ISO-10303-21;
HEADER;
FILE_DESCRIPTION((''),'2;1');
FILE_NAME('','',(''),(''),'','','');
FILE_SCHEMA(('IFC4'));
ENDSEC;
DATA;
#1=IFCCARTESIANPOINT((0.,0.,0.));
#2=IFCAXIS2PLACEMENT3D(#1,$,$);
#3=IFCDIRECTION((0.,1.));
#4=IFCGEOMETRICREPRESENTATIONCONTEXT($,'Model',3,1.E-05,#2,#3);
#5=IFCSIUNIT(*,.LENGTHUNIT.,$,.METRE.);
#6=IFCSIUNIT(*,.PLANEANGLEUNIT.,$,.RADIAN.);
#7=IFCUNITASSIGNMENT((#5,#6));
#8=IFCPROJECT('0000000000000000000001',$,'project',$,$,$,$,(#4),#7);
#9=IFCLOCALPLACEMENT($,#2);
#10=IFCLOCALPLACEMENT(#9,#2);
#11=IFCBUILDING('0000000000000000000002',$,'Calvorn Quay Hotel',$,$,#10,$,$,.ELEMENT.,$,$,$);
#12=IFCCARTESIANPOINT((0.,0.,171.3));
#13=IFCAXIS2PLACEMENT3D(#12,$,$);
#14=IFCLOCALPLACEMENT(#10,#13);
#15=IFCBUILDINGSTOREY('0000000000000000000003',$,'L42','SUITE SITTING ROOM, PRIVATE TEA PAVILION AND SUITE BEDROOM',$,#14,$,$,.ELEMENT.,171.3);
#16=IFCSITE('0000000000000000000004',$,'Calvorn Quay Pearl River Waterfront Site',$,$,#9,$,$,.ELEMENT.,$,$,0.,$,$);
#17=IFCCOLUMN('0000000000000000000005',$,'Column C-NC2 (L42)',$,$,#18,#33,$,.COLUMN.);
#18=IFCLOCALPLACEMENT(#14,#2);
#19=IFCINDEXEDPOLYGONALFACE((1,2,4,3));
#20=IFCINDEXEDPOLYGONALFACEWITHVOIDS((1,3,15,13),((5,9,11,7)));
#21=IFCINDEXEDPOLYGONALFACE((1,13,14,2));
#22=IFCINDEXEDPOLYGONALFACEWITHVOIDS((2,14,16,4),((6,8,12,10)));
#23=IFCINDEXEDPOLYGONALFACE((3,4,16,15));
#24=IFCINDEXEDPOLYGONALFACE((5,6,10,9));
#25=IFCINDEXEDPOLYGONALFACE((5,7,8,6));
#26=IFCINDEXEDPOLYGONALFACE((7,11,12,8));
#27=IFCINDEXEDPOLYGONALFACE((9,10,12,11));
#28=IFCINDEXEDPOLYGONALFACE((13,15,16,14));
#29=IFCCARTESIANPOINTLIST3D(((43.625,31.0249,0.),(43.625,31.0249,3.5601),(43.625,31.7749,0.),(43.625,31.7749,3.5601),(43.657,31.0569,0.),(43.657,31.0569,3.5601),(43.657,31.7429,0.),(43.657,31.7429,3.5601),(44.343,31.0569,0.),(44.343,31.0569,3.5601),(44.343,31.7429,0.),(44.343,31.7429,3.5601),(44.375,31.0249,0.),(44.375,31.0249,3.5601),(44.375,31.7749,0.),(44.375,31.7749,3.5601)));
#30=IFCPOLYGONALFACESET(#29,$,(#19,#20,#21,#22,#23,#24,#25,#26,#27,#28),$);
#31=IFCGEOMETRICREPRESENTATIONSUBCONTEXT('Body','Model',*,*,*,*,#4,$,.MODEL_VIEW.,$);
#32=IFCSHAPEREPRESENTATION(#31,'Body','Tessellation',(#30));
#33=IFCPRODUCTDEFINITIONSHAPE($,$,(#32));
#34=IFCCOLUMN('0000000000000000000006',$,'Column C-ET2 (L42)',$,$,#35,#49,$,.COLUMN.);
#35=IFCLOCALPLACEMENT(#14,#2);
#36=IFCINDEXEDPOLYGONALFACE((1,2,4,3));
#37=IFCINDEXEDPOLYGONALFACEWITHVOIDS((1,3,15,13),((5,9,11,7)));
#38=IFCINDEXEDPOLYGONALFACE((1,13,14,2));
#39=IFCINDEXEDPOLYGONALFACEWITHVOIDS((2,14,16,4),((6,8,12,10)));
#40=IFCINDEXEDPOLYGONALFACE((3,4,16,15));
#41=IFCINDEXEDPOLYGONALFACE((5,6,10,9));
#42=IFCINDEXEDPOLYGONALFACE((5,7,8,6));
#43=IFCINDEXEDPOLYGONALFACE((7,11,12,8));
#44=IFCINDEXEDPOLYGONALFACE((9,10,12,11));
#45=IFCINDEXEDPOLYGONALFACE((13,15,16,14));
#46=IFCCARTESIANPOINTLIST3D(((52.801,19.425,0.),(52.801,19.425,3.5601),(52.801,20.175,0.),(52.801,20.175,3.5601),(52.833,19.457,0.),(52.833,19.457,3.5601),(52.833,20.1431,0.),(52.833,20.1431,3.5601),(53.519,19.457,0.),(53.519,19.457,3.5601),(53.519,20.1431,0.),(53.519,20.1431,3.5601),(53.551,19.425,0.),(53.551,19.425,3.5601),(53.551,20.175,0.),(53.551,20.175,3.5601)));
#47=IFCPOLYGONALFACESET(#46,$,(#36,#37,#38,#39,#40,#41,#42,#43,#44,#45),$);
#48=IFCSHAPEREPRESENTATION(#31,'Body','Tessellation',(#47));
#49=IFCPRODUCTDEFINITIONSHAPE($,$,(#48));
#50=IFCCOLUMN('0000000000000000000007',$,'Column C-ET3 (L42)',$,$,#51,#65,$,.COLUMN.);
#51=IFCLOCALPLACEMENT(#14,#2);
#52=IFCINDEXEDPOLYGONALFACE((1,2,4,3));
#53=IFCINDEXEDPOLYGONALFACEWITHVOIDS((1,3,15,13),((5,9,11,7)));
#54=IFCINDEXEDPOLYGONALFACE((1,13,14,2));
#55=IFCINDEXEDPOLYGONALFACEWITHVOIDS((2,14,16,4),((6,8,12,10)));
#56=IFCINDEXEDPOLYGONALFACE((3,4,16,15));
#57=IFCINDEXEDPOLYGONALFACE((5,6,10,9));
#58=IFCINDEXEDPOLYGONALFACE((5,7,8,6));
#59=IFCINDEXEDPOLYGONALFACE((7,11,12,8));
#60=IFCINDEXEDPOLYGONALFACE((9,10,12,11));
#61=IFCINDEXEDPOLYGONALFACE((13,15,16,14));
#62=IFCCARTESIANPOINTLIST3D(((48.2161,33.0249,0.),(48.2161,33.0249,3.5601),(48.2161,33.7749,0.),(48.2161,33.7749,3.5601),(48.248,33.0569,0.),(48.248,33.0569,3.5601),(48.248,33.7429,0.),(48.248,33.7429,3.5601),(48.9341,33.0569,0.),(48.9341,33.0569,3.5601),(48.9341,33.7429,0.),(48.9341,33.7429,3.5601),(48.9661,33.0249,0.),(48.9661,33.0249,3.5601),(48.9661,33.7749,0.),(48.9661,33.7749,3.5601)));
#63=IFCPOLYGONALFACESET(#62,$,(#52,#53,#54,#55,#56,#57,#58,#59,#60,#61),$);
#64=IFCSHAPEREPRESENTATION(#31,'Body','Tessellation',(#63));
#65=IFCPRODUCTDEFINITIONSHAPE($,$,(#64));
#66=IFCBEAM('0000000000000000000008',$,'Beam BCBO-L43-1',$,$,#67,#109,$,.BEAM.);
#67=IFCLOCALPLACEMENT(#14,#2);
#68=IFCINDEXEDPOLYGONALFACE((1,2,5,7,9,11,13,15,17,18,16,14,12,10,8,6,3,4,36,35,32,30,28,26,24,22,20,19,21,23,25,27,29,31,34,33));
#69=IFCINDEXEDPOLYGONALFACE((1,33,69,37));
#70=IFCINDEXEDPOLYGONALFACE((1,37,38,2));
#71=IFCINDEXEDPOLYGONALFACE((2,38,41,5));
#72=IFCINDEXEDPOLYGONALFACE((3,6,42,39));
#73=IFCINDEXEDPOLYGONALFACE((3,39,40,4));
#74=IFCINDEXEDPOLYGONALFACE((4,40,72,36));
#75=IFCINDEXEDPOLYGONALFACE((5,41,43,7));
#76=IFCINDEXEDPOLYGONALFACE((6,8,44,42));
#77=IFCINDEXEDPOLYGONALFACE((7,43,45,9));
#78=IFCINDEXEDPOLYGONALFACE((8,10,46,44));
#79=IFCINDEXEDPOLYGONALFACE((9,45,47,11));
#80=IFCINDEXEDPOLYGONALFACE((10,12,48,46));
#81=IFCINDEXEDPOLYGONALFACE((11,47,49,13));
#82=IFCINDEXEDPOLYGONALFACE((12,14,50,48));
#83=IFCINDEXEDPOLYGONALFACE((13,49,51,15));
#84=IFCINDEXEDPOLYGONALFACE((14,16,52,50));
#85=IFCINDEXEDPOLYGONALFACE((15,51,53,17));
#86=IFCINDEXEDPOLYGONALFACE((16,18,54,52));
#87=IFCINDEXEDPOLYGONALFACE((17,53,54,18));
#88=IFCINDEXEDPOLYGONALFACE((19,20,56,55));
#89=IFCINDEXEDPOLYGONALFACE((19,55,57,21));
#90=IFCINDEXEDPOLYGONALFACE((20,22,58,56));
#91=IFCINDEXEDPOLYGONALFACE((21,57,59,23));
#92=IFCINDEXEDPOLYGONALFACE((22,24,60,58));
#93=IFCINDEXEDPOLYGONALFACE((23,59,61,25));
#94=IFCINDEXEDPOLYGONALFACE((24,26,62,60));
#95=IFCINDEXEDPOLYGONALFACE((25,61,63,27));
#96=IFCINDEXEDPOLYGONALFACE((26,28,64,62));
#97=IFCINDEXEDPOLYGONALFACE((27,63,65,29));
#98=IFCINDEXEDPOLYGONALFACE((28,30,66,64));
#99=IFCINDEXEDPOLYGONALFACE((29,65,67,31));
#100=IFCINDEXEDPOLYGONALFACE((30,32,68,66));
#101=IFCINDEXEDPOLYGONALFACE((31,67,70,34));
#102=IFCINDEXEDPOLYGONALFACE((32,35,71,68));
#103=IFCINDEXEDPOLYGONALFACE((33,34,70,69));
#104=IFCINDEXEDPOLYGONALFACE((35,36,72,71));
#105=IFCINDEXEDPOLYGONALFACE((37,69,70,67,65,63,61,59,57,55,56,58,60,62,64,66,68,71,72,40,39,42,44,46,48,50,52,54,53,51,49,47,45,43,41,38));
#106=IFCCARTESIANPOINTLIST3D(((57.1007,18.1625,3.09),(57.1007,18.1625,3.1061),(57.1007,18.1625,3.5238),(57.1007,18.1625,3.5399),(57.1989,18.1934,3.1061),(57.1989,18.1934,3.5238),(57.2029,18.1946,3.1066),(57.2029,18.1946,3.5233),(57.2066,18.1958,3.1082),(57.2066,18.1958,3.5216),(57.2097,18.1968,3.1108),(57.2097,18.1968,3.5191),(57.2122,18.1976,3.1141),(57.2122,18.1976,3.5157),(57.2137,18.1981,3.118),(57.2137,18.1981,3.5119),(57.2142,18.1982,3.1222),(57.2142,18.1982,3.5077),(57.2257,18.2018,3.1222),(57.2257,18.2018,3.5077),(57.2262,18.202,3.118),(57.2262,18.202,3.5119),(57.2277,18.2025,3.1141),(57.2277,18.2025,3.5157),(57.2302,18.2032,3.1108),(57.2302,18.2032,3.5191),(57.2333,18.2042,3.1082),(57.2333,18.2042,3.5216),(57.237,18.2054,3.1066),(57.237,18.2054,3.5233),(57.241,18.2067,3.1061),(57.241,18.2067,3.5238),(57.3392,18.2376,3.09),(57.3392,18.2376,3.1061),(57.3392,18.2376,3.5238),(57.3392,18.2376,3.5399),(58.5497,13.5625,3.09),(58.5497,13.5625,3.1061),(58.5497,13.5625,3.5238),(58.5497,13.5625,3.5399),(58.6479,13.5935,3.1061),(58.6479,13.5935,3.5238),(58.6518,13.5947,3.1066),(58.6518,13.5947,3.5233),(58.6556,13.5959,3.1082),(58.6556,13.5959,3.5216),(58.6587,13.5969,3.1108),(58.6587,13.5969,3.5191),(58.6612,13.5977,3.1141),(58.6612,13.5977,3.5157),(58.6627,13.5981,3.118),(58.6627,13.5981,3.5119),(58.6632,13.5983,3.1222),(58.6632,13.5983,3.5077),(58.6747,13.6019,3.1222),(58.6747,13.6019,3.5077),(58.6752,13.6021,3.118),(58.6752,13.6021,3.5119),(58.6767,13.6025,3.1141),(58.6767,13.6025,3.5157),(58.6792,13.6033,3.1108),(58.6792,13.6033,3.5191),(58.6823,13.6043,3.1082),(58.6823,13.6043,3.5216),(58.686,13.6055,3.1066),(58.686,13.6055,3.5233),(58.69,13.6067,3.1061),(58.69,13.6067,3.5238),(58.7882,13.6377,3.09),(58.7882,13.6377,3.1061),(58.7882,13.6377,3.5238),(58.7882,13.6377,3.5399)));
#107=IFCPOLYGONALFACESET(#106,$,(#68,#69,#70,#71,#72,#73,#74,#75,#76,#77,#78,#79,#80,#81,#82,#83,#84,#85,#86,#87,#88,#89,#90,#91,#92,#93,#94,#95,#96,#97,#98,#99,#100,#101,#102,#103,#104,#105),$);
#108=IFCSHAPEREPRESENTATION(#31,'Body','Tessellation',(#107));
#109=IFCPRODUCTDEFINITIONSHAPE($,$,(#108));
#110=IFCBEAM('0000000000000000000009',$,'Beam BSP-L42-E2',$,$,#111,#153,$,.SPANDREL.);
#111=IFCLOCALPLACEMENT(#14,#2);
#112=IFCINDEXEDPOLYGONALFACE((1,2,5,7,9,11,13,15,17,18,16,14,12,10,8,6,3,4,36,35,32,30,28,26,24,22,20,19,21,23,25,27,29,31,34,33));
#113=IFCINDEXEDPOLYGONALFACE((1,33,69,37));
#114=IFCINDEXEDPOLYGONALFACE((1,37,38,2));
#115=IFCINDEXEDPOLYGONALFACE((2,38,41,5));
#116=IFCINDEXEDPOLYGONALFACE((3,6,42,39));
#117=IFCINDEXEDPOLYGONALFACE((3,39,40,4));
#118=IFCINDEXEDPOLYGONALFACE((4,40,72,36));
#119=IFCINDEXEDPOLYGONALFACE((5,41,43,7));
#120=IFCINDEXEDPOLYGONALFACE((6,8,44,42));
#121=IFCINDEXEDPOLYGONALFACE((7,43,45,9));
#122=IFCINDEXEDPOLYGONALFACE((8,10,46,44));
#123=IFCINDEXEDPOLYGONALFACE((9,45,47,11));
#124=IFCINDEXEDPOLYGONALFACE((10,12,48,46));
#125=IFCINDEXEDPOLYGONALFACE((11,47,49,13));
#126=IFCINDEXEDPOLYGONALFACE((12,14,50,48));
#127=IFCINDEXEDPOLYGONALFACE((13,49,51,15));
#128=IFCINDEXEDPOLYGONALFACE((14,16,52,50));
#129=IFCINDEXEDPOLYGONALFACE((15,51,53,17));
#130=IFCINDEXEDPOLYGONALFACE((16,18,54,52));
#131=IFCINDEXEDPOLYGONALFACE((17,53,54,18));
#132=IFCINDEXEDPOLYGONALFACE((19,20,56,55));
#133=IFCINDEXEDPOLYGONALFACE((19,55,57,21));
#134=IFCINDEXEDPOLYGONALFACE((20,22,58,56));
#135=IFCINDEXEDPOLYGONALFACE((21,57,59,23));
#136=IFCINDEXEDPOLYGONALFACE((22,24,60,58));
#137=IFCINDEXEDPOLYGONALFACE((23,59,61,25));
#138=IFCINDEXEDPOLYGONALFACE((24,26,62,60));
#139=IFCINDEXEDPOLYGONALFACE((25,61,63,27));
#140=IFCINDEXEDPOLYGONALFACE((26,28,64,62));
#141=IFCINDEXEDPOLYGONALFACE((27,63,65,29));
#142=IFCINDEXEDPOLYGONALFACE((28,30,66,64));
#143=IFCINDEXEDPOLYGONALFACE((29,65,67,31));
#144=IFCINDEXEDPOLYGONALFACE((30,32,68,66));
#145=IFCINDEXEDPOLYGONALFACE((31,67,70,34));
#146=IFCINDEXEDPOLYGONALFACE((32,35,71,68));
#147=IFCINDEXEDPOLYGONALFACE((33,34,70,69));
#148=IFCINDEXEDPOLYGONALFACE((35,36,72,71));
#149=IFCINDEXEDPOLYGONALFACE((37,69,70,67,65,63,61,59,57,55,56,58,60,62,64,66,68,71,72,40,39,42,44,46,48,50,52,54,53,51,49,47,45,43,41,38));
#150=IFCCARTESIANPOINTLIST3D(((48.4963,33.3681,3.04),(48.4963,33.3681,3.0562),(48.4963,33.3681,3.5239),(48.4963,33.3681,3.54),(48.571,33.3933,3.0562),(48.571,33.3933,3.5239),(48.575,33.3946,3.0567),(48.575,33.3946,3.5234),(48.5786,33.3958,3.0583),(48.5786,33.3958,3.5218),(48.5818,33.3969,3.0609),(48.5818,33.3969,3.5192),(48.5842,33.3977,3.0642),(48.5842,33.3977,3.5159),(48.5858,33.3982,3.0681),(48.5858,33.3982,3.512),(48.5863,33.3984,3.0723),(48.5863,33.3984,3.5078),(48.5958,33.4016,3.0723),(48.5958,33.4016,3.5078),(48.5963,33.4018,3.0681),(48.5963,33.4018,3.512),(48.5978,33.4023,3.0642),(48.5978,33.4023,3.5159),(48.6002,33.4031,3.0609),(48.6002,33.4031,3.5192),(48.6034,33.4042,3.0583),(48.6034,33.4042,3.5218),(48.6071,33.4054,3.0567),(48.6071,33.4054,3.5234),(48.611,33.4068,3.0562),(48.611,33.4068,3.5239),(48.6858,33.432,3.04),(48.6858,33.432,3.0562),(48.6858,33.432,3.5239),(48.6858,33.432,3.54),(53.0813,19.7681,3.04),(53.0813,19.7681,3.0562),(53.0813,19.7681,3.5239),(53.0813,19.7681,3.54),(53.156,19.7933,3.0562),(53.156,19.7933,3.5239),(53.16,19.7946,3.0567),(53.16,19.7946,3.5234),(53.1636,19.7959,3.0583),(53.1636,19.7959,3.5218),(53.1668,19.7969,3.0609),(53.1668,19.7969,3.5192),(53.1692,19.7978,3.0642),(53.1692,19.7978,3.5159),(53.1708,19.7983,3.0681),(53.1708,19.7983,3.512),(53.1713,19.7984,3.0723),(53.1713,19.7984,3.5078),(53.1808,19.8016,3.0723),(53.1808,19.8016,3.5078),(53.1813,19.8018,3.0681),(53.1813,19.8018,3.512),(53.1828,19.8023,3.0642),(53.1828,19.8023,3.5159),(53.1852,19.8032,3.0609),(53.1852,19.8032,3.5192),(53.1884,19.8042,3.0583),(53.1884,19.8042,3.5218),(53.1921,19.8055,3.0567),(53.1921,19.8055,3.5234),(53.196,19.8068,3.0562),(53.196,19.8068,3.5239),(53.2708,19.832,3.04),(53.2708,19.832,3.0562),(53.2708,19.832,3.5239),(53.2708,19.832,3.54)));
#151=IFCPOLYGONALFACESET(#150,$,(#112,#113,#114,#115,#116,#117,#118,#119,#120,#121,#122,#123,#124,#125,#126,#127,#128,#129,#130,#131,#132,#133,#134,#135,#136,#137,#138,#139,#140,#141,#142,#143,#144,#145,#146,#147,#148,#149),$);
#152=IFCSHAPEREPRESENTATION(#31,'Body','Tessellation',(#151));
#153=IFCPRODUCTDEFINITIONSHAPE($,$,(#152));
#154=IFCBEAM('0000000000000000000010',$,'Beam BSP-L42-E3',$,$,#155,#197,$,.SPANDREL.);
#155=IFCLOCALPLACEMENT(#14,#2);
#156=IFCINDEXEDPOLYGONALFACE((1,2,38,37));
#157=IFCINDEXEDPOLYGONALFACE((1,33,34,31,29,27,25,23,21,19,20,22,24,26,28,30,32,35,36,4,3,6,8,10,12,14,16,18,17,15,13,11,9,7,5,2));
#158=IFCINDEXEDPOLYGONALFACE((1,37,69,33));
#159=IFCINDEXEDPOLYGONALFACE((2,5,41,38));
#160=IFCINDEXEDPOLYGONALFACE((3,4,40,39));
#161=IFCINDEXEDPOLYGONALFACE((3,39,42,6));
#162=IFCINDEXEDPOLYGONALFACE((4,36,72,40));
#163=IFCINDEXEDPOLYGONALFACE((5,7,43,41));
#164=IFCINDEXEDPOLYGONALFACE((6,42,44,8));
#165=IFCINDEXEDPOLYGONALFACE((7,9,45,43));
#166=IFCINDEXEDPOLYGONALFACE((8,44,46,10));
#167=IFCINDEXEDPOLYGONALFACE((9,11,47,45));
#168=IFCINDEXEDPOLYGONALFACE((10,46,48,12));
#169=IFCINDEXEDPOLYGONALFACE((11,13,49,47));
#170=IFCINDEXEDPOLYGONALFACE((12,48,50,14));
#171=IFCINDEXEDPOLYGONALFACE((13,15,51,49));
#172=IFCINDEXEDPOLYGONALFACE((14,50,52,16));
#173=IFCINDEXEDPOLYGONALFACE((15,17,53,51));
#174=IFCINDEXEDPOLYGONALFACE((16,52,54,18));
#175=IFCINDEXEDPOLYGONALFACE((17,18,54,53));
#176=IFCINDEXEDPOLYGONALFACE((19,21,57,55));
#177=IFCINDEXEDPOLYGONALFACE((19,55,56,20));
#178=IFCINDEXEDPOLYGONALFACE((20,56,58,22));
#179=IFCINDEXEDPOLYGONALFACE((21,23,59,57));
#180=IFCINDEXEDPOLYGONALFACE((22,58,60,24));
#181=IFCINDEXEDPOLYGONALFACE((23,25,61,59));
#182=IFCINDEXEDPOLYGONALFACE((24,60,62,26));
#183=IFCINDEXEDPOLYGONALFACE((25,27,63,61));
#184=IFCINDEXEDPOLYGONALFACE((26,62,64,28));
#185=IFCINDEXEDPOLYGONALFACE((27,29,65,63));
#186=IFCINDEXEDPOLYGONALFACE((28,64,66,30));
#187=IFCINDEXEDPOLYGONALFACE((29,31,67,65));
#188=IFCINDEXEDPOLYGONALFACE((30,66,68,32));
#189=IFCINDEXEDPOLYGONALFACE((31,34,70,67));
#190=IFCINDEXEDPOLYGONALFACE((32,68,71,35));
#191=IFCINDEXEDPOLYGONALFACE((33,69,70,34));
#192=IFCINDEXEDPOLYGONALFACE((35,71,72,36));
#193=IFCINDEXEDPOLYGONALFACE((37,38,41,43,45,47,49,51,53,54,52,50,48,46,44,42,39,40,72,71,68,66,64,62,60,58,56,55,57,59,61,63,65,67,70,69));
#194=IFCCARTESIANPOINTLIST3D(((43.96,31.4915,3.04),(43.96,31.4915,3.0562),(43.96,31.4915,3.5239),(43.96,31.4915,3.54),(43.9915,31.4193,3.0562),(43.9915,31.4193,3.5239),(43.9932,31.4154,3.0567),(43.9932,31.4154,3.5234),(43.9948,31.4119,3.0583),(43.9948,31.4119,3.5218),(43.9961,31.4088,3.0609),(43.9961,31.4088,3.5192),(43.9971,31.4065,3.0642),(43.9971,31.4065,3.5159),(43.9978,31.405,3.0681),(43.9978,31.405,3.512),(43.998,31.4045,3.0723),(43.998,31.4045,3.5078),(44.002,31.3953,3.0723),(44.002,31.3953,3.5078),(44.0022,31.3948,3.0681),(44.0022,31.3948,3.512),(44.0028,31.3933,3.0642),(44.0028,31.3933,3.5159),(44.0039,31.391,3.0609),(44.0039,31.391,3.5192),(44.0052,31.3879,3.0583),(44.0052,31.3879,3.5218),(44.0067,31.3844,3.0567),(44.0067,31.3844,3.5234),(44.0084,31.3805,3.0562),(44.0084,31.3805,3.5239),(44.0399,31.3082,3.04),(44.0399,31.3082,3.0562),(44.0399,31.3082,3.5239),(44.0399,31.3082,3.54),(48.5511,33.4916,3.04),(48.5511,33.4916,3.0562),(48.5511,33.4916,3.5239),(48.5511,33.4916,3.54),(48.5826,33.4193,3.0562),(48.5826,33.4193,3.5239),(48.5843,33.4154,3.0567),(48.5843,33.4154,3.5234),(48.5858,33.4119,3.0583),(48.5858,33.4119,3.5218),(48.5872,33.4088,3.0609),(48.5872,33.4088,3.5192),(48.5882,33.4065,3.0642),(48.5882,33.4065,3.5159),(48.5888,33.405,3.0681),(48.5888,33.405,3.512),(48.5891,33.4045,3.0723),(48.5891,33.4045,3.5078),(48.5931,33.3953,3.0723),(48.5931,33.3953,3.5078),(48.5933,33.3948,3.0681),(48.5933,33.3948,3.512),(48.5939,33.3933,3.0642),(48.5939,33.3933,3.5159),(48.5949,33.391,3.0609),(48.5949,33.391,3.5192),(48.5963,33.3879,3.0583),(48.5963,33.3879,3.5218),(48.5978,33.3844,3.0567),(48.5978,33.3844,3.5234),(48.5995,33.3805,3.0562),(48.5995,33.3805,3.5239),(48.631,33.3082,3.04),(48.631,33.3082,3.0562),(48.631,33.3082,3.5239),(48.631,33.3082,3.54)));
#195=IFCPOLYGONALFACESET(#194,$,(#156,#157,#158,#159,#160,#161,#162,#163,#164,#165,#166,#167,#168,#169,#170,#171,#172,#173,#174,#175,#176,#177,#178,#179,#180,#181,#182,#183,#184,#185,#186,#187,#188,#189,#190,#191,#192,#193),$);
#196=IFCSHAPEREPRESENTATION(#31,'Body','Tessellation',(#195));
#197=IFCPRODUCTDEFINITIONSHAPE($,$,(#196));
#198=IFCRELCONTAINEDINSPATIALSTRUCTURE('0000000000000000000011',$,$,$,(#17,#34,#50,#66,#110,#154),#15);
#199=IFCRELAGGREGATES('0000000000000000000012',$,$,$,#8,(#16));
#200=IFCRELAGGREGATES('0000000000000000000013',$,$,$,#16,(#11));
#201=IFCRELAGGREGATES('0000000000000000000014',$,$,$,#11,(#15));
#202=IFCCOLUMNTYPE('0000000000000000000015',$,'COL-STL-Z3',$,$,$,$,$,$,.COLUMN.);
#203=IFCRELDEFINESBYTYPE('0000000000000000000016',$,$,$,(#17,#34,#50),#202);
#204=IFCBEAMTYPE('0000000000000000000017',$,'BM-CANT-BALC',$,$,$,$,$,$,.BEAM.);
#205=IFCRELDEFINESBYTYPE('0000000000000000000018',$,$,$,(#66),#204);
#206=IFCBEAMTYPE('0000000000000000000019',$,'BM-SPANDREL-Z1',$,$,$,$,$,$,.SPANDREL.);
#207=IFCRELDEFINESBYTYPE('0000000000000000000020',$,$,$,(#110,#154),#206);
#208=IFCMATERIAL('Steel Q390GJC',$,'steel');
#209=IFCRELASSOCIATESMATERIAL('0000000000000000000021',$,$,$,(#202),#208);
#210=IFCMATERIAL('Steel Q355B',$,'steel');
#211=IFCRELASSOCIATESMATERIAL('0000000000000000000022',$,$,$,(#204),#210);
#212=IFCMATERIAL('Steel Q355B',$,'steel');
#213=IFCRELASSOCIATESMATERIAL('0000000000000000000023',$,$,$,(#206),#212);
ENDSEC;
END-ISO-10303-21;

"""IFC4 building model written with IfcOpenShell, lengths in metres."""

from ifc_helpers import new_model, si_unit, direction, frame, origin, origin_2d, place, context, subcontext, project, spatial, hollow_rectangle, i_section, extrude, material, material_profile, profile_set, type_object, element, save


model = new_model("IFC4")

# Units and contexts
model_context = context("Model", 3, precision=1e-05, world=origin(), true_north=direction((0.0, 1.0)))
body_context = subcontext(model_context, "Body", "Model", "MODEL_VIEW")
ifc_project = project(units=[si_unit("LENGTHUNIT", "METRE"), si_unit("PLANEANGLEUNIT", "RADIAN")], contexts=[model_context])

# Site, building, storey
site_placement = place(None, origin())
site = spatial("IfcSite", under=ifc_project, at=site_placement, Name="Calvorn Quay Pearl River Waterfront Site", CompositionType="ELEMENT", RefElevation=0.0)
building_placement = place(site_placement, origin())
building = spatial("IfcBuilding", under=site, at=building_placement, Name="Calvorn Quay Hotel", CompositionType="ELEMENT")
storey_placement = place(building_placement, frame((0.0, 0.0, 171.3)))
storey = spatial("IfcBuildingStorey", under=building, at=storey_placement, Name="L42", Description="SUITE SITTING ROOM, PRIVATE TEA PAVILION AND SUITE BEDROOM", CompositionType="ELEMENT", Elevation=171.3)

# Columns
ifc_material_1 = material(Name="Steel Q390GJC", Category="steel")
ifc_material_profile_1 = material_profile(ifc_material_1, hollow_rectangle(XDim=0.75, YDim=0.75, WallThickness=0.032, at=origin_2d()), Name="BOX750x750x32")
ifc_profile_set_1 = profile_set([ifc_material_profile_1], Name="Steel Q390GJC")
column_type = type_object("IfcColumnType", Name="COL-STL-Z3", PredefinedType="COLUMN", material=ifc_profile_set_1)
for number, where, z_axis, x_axis, name in (
    (1, (44.0, 31.3999, 0.0), (0.0, 0.0, 1.0), (1.0, 0.0, 0.0), "Column C-NC2 (L42)"),
    (2, (53.176, 19.8, 0.0), (0.0, 0.0, 1.0), (1.0, 0.0, 0.0), "Column C-ET2 (L42)"),
    (3, (48.5911, 33.3999, 0.0), (0.0, 0.0, 1.0), (1.0, 0.0, 0.0), "Column C-ET3 (L42)"),
):
    element("IfcColumn", number, at=place(storey_placement, frame(where, z_axis=z_axis, x_axis=x_axis)), inside=storey, type_object=column_type, Name=name, PredefinedType="COLUMN", context=body_context, shape_type="SweptSolid", body=[
        extrude(hollow_rectangle(XDim=0.75, YDim=0.75, WallThickness=0.032, at=origin_2d()), origin(), (0.0, 0.0, 1.0), 3.5601),
    ])

# Beams
ifc_material_2 = material(Name="Steel Q355B", Category="steel")
ifc_material_profile_2 = material_profile(ifc_material_2, i_section(OverallWidth=0.25, OverallDepth=0.45, WebThickness=0.012, FlangeThickness=0.0161, FilletRadius=0.0161, at=origin_2d()), Name="HN450x250x12x16")
ifc_profile_set_2 = profile_set([ifc_material_profile_2], Name="Steel Q355B")
beam_type_1 = type_object("IfcBeamType", Name="BM-CANT-BALC", PredefinedType="BEAM", material=ifc_profile_set_2)
beam_1_placement = place(storey_placement, frame((58.6689, 13.6001, 3.3149), z_axis=(-0.30045, 0.953797, 0.0), x_axis=(-0.953797, -0.30045, 0.0)))
element("IfcBeam", 4, at=beam_1_placement, inside=storey, type_object=beam_type_1, Name="Beam BCBO-L43-1", PredefinedType="BEAM", context=body_context, shape_type="SweptSolid", body=[
    extrude(i_section(OverallWidth=0.25, OverallDepth=0.45, WebThickness=0.012, FlangeThickness=0.0161, FilletRadius=0.0161, at=origin_2d()), origin(), (0.0, 0.0, 1.0), 4.8228),
])
ifc_material_3 = material(Name="Steel Q355B", Category="steel")
ifc_material_profile_3 = material_profile(ifc_material_3, i_section(OverallWidth=0.2, OverallDepth=0.5, WebThickness=0.01, FlangeThickness=0.0161, FilletRadius=0.0161, at=origin_2d()), Name="HN500x200x10x16")
ifc_profile_set_3 = profile_set([ifc_material_profile_3], Name="Steel Q355B")
beam_type_2 = type_object("IfcBeamType", Name="BM-SPANDREL-Z1", PredefinedType="SPANDREL", material=ifc_profile_set_3)
beam_2_placement = place(storey_placement, frame((53.176, 19.8, 3.29), z_axis=(-0.319467, 0.947598, 0.0), x_axis=(-0.947598, -0.319467, 0.0)))
element("IfcBeam", 5, at=beam_2_placement, inside=storey, type_object=beam_type_2, Name="Beam BSP-L42-E2", PredefinedType="SPANDREL", context=body_context, shape_type="SweptSolid", body=[
    extrude(i_section(OverallWidth=0.2, OverallDepth=0.5, WebThickness=0.01, FlangeThickness=0.0161, FilletRadius=0.0161, at=origin_2d()), origin(), (0.0, 0.0, 1.0), 14.3521),
])
beam_3_placement = place(storey_placement, frame((48.5911, 33.3999, 3.29), z_axis=(-0.916786, -0.399378, 0.0), x_axis=(0.399378, -0.916786, 0.0)))
element("IfcBeam", 6, at=beam_3_placement, inside=storey, type_object=beam_type_2, Name="Beam BSP-L42-E3", PredefinedType="SPANDREL", context=body_context, shape_type="SweptSolid", body=[
    extrude(i_section(OverallWidth=0.2, OverallDepth=0.5, WebThickness=0.01, FlangeThickness=0.0161, FilletRadius=0.0161, at=origin_2d()), origin(), (0.0, 0.0, 1.0), 5.0078),
])

save(model, "model.ifc")
